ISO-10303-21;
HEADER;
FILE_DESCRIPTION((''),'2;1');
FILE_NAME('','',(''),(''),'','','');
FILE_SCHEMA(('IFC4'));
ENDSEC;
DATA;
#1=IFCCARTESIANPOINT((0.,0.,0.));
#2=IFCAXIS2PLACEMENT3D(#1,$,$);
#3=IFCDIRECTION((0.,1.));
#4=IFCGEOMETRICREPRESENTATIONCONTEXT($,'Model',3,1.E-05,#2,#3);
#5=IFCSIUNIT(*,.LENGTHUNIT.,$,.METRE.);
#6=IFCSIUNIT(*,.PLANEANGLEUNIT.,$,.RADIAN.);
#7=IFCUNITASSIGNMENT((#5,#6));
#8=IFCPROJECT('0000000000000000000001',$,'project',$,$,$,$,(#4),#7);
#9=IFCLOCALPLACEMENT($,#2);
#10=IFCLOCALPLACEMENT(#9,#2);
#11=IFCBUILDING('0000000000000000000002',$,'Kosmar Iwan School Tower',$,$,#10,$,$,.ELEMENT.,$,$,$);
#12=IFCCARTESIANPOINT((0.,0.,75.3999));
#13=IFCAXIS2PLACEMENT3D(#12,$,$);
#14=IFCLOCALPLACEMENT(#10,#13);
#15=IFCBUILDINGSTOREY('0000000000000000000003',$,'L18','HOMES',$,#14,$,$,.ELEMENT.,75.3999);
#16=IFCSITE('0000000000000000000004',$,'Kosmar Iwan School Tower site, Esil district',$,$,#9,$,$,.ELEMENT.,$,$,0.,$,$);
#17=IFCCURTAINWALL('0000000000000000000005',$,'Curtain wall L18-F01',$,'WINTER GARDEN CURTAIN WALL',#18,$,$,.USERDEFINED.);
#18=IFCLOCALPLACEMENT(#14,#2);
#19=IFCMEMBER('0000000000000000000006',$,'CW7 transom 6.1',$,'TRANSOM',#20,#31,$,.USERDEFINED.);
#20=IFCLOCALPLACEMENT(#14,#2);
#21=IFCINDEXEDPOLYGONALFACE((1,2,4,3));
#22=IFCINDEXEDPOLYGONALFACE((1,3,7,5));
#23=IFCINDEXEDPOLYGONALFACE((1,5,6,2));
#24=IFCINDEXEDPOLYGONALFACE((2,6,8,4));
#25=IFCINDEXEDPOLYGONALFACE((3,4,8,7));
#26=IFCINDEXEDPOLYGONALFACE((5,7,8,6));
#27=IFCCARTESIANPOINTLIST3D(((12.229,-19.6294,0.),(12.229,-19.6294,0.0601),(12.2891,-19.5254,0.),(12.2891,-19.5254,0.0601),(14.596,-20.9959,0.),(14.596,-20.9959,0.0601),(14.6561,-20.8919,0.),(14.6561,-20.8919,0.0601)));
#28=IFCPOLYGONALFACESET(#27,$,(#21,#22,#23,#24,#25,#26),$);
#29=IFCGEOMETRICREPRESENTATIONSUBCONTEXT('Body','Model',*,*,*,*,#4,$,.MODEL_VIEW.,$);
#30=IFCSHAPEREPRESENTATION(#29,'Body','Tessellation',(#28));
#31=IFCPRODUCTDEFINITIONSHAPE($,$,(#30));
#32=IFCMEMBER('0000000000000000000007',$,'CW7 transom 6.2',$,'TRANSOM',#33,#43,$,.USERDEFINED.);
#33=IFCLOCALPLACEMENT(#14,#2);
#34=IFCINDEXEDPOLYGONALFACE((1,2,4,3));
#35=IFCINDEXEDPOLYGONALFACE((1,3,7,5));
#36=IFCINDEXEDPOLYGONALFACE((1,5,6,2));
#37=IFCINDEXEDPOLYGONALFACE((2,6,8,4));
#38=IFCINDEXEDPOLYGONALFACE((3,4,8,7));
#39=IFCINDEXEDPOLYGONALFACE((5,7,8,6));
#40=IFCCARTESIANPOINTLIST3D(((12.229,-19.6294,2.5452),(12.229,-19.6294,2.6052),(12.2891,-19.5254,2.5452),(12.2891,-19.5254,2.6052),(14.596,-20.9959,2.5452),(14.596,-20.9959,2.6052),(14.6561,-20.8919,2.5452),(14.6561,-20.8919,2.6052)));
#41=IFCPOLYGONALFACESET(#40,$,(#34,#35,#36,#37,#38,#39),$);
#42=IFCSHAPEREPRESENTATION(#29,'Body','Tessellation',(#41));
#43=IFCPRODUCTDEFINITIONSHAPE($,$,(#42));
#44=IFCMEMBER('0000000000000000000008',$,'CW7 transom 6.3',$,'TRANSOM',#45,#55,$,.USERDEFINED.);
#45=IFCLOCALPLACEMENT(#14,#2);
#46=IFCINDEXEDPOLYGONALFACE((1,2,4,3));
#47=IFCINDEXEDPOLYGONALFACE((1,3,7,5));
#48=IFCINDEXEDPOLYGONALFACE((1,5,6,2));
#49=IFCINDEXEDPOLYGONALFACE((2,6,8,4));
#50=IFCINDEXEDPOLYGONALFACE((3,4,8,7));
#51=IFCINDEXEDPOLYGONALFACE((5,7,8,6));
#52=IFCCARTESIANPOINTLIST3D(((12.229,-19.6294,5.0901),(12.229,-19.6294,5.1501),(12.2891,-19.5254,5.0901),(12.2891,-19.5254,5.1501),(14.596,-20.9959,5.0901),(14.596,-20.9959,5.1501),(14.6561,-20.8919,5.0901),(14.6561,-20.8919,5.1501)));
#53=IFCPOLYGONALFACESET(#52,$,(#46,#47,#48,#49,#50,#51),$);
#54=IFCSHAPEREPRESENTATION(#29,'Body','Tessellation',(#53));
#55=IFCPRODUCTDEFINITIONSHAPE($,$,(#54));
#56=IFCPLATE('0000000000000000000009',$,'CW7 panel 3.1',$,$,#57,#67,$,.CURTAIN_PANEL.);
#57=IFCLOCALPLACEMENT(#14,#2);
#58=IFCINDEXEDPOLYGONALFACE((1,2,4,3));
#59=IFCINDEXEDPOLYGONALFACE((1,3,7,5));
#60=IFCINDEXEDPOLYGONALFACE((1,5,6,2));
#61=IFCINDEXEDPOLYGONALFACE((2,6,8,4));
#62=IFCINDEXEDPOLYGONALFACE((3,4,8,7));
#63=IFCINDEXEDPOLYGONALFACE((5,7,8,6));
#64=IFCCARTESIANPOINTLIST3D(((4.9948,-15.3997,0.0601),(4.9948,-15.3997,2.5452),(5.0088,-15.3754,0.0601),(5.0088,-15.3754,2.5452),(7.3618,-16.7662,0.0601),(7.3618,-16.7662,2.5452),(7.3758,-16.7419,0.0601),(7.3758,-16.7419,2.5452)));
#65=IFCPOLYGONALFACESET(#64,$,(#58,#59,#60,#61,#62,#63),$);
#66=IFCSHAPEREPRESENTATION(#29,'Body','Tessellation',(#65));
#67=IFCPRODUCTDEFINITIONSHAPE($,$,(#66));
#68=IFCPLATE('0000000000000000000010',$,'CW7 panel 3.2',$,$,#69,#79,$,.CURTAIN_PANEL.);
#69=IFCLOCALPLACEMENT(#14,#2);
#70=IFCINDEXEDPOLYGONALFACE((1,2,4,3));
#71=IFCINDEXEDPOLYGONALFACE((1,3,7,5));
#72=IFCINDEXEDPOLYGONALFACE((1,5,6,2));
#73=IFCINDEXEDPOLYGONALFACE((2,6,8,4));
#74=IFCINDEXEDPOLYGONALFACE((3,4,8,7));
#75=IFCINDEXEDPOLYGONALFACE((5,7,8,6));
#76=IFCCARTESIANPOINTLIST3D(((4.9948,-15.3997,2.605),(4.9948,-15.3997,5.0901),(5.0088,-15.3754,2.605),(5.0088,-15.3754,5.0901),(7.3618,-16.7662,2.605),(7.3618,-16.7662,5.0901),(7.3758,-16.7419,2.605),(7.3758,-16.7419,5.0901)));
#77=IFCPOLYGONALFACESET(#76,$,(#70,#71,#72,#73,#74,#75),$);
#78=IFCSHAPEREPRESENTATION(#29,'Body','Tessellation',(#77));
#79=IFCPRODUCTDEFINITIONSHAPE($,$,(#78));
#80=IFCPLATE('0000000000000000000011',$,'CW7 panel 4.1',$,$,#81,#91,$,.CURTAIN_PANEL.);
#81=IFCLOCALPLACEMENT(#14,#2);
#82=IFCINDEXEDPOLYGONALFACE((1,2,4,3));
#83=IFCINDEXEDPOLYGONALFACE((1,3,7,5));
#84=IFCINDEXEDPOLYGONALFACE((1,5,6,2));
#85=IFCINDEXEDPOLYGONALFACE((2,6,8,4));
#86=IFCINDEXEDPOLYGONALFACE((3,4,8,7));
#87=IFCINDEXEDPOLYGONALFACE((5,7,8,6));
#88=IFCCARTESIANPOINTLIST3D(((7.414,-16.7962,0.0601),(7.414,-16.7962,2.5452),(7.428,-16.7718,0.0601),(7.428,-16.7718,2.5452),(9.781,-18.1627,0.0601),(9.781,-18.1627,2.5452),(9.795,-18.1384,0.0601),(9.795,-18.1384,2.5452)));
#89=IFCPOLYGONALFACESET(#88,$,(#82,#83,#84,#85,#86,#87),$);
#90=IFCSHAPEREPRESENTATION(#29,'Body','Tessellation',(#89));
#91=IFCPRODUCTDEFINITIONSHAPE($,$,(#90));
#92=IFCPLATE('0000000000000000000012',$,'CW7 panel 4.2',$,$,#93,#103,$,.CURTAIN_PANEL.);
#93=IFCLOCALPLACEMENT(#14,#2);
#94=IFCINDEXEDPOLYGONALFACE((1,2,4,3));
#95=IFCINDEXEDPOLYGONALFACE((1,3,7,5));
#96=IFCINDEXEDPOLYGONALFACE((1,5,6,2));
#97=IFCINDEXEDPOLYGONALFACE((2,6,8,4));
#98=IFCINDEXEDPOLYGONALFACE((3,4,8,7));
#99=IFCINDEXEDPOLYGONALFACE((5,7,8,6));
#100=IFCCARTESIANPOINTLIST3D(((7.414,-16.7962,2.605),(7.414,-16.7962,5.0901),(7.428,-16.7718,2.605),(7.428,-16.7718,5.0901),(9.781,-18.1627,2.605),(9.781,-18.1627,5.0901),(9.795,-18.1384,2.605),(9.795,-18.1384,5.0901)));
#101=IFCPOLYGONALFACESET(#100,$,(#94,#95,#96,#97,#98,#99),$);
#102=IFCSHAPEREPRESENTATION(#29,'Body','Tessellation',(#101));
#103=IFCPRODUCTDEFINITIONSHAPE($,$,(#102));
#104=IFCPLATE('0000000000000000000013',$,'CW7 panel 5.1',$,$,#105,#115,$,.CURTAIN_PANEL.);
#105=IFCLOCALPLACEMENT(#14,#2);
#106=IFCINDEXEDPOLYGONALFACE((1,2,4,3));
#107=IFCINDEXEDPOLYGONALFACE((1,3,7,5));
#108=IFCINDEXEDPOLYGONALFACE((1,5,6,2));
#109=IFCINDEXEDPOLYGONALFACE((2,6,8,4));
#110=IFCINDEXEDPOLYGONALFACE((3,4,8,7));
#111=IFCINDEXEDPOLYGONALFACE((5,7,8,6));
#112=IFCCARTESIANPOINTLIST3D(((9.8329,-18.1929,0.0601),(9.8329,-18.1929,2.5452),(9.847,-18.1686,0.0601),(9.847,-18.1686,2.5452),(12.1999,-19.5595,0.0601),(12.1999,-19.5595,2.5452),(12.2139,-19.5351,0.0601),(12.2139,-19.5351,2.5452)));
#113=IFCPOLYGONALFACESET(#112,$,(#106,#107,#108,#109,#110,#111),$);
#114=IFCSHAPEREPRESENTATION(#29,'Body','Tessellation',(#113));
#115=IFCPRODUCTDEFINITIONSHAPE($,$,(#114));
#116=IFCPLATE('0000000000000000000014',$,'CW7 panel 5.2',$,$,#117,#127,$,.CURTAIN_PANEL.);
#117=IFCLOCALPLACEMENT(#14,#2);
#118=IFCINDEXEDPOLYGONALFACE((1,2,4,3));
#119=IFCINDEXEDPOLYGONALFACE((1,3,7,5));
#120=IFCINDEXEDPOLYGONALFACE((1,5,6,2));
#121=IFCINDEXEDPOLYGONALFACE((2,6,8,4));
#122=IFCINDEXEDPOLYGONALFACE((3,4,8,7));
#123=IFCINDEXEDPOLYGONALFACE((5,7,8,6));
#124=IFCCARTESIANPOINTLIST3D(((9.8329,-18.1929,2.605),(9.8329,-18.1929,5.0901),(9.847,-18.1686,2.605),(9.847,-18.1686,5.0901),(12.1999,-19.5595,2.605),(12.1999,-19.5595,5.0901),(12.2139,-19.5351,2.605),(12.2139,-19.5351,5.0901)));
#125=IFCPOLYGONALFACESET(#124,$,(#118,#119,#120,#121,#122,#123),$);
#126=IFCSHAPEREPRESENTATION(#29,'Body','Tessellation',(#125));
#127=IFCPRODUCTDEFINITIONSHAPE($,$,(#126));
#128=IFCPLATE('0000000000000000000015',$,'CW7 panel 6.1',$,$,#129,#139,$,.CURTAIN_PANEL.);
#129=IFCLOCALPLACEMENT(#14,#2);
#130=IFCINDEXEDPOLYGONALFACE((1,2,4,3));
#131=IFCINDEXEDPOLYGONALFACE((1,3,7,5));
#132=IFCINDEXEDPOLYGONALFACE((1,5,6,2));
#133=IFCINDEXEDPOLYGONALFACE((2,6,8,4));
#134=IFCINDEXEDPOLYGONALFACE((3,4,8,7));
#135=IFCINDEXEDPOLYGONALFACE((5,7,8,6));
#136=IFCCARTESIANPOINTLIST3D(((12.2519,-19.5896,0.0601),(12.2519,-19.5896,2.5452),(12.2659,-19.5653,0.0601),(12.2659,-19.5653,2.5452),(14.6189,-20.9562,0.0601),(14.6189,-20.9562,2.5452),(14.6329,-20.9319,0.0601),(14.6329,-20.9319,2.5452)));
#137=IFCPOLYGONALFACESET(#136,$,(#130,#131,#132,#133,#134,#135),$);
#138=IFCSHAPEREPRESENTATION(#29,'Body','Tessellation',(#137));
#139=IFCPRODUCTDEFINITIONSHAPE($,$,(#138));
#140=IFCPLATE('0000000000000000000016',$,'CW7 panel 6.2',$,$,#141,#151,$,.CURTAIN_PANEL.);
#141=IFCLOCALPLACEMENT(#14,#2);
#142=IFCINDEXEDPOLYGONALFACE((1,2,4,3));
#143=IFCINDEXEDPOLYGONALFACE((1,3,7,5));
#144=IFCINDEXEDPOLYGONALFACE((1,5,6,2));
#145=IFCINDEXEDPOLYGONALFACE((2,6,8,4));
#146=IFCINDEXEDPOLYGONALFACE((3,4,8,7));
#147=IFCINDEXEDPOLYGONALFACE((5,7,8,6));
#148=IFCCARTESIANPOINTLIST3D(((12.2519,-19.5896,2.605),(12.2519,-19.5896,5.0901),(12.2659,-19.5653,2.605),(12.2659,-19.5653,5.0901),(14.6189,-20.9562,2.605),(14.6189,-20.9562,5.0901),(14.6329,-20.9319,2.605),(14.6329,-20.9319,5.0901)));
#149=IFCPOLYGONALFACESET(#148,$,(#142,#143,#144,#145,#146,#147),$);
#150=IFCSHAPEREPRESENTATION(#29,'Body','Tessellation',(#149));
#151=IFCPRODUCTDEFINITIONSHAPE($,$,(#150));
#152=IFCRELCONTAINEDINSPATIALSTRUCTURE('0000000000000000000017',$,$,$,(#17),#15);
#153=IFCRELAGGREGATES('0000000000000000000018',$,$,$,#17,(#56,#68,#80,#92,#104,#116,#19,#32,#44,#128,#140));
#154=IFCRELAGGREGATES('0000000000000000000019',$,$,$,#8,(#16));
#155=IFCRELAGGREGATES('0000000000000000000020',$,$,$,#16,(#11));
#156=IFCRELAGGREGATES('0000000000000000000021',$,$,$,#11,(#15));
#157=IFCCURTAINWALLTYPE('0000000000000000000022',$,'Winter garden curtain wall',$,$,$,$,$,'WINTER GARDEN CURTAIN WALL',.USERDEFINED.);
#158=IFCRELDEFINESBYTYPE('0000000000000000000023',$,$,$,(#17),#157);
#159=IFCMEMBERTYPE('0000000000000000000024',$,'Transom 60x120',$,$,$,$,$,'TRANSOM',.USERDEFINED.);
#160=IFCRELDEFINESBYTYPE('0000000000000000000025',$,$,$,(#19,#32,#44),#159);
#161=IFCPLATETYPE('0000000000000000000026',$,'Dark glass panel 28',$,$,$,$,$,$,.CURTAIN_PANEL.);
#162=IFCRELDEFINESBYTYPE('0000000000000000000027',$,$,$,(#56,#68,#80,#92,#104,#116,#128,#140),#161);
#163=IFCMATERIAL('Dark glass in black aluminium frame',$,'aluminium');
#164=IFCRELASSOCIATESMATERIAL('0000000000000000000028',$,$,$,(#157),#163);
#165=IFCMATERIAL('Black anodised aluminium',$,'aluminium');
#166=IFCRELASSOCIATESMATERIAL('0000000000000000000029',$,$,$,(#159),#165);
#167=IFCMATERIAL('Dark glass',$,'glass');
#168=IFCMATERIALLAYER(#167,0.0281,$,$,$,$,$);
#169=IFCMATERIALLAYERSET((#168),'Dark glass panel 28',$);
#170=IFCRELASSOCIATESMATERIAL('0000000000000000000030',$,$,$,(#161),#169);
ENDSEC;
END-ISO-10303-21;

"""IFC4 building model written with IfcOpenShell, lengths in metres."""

from ifc_helpers import new_model, si_unit, direction, frame, origin, origin_2d, place, context, subcontext, project, spatial, rectangle, extrude, material, layer, layer_set, material_profile, profile_set, type_object, element, aggregate, save


model = new_model("IFC4")

# Units and contexts
model_context = context("Model", 3, precision=1e-05, world=origin(), true_north=direction((0.0, 1.0)))
body_context = subcontext(model_context, "Body", "Model", "MODEL_VIEW")
ifc_project = project(units=[si_unit("LENGTHUNIT", "METRE"), si_unit("PLANEANGLEUNIT", "RADIAN")], contexts=[model_context])

# Site, building, storey
site_placement = place(None, origin())
site = spatial("IfcSite", under=ifc_project, at=site_placement, Name="Kosmar Iwan School Tower site, Esil district", CompositionType="ELEMENT", RefElevation=0.0)
building_placement = place(site_placement, origin())
building = spatial("IfcBuilding", under=site, at=building_placement, Name="Kosmar Iwan School Tower", CompositionType="ELEMENT")
storey_placement = place(building_placement, frame((0.0, 0.0, 75.3999)))
storey = spatial("IfcBuildingStorey", under=building, at=storey_placement, Name="L18", Description="HOMES", CompositionType="ELEMENT", Elevation=75.3999)

# Curtain wall
ifc_material_1 = material(Name="Dark glass in black aluminium frame", Category="aluminium")
curtain_wall_type = type_object("IfcCurtainWallType", Name="Winter garden curtain wall", ElementType="WINTER GARDEN CURTAIN WALL", PredefinedType="USERDEFINED", material=ifc_material_1)
curtain_wall_placement = place(storey_placement, origin())
curtain_wall = element("IfcCurtainWall", 1, at=curtain_wall_placement, inside=storey, type_object=curtain_wall_type, Name="Curtain wall L18-F01", ObjectType="WINTER GARDEN CURTAIN WALL", PredefinedType="USERDEFINED")

# Members
ifc_material_2 = material(Name="Black anodised aluminium", Category="aluminium")
ifc_material_profile_1 = material_profile(ifc_material_2, rectangle(XDim=0.1201, YDim=0.0601, at=origin_2d()), Name="TRANSOM 60x120")
ifc_profile_set_1 = profile_set([ifc_material_profile_1], Name="Black anodised aluminium")
member_type_1 = type_object("IfcMemberType", Name="Transom 60x120", ElementType="TRANSOM", PredefinedType="USERDEFINED", material=ifc_profile_set_1)
member_1_placement = place(storey_placement, frame((12.259, -19.5774, 0.03), z_axis=(0.866041, -0.499972, 0.0), x_axis=(0.499972, 0.866041, 0.0)))
member_1 = element("IfcMember", 2, at=member_1_placement, type_object=member_type_1, Name="CW7 transom 6.1", ObjectType="TRANSOM", PredefinedType="USERDEFINED", context=body_context, shape_type="SweptSolid", body=[
    extrude(rectangle(XDim=0.1201, YDim=0.0601, at=origin_2d()), origin(), (0.0, 0.0, 1.0), 2.7332),
])
member_2_placement = place(storey_placement, frame((12.259, -19.5774, 2.5752), z_axis=(0.866041, -0.499972, 0.0), x_axis=(0.499972, 0.866041, 0.0)))
member_2 = element("IfcMember", 3, at=member_2_placement, type_object=member_type_1, Name="CW7 transom 6.2", ObjectType="TRANSOM", PredefinedType="USERDEFINED", context=body_context, shape_type="SweptSolid", body=[
    extrude(rectangle(XDim=0.1201, YDim=0.0601, at=origin_2d()), origin(), (0.0, 0.0, 1.0), 2.7332),
])
member_3_placement = place(storey_placement, frame((12.259, -19.5774, 5.1201), z_axis=(0.866041, -0.499972, 0.0), x_axis=(0.499972, 0.866041, 0.0)))
member_3 = element("IfcMember", 4, at=member_3_placement, type_object=member_type_1, Name="CW7 transom 6.3", ObjectType="TRANSOM", PredefinedType="USERDEFINED", context=body_context, shape_type="SweptSolid", body=[
    extrude(rectangle(XDim=0.1201, YDim=0.0601, at=origin_2d()), origin(), (0.0, 0.0, 1.0), 2.7332),
])

# Plates
ifc_material_3 = material(Name="Dark glass", Category="glass")
ifc_layer = layer(ifc_material_3, 0.0281)
ifc_layer_set = layer_set([ifc_layer], Name="Dark glass panel 28")
plate_type = type_object("IfcPlateType", Name="Dark glass panel 28", PredefinedType="CURTAIN_PANEL", material=ifc_layer_set)
plate_1_placement = place(storey_placement, frame((6.1853, -16.0708, 0.0601), z_axis=(0.0, 0.0, 1.0), x_axis=(0.866025, -0.5, 0.0)))
plate_1 = element("IfcPlate", 5, at=plate_1_placement, type_object=plate_type, Name="CW7 panel 3.1", PredefinedType="CURTAIN_PANEL", context=body_context, shape_type="SweptSolid", body=[
    extrude(rectangle(XDim=2.7332, YDim=0.0281, at=origin_2d()), origin(), (0.0, 0.0, 1.0), 2.4851),
])
plate_2_placement = place(storey_placement, frame((6.1853, -16.0708, 2.605), z_axis=(0.0, 0.0, 1.0), x_axis=(0.866025, -0.5, 0.0)))
plate_2 = element("IfcPlate", 6, at=plate_2_placement, type_object=plate_type, Name="CW7 panel 3.2", PredefinedType="CURTAIN_PANEL", context=body_context, shape_type="SweptSolid", body=[
    extrude(rectangle(XDim=2.7332, YDim=0.0281, at=origin_2d()), origin(), (0.0, 0.0, 1.0), 2.4851),
])
plate_3_placement = place(storey_placement, frame((8.6045, -17.4673, 0.0601), z_axis=(0.0, 0.0, 1.0), x_axis=(0.866025, -0.5, 0.0)))
plate_3 = element("IfcPlate", 7, at=plate_3_placement, type_object=plate_type, Name="CW7 panel 4.1", PredefinedType="CURTAIN_PANEL", context=body_context, shape_type="SweptSolid", body=[
    extrude(rectangle(XDim=2.7332, YDim=0.0281, at=origin_2d()), origin(), (0.0, 0.0, 1.0), 2.4851),
])
plate_4_placement = place(storey_placement, frame((8.6045, -17.4673, 2.605), z_axis=(0.0, 0.0, 1.0), x_axis=(0.866025, -0.5, 0.0)))
plate_4 = element("IfcPlate", 8, at=plate_4_placement, type_object=plate_type, Name="CW7 panel 4.2", PredefinedType="CURTAIN_PANEL", context=body_context, shape_type="SweptSolid", body=[
    extrude(rectangle(XDim=2.7332, YDim=0.0281, at=origin_2d()), origin(), (0.0, 0.0, 1.0), 2.4851),
])
plate_5_placement = place(storey_placement, frame((11.0234, -18.864, 0.0601), z_axis=(0.0, 0.0, 1.0), x_axis=(0.866025, -0.5, 0.0)))
plate_5 = element("IfcPlate", 9, at=plate_5_placement, type_object=plate_type, Name="CW7 panel 5.1", PredefinedType="CURTAIN_PANEL", context=body_context, shape_type="SweptSolid", body=[
    extrude(rectangle(XDim=2.7332, YDim=0.0281, at=origin_2d()), origin(), (0.0, 0.0, 1.0), 2.4851),
])
plate_6_placement = place(storey_placement, frame((11.0234, -18.864, 2.605), z_axis=(0.0, 0.0, 1.0), x_axis=(0.866025, -0.5, 0.0)))
plate_6 = element("IfcPlate", 10, at=plate_6_placement, type_object=plate_type, Name="CW7 panel 5.2", PredefinedType="CURTAIN_PANEL", context=body_context, shape_type="SweptSolid", body=[
    extrude(rectangle(XDim=2.7332, YDim=0.0281, at=origin_2d()), origin(), (0.0, 0.0, 1.0), 2.4851),
])
plate_7_placement = place(storey_placement, frame((13.4424, -20.2607, 0.0601), z_axis=(0.0, 0.0, 1.0), x_axis=(0.866025, -0.5, 0.0)))
plate_7 = element("IfcPlate", 11, at=plate_7_placement, type_object=plate_type, Name="CW7 panel 6.1", PredefinedType="CURTAIN_PANEL", context=body_context, shape_type="SweptSolid", body=[
    extrude(rectangle(XDim=2.7332, YDim=0.0281, at=origin_2d()), origin(), (0.0, 0.0, 1.0), 2.4851),
])
plate_8_placement = place(storey_placement, frame((13.4424, -20.2607, 2.605), z_axis=(0.0, 0.0, 1.0), x_axis=(0.866025, -0.5, 0.0)))
plate_8 = element("IfcPlate", 12, at=plate_8_placement, type_object=plate_type, Name="CW7 panel 6.2", PredefinedType="CURTAIN_PANEL", context=body_context, shape_type="SweptSolid", body=[
    extrude(rectangle(XDim=2.7332, YDim=0.0281, at=origin_2d()), origin(), (0.0, 0.0, 1.0), 2.4851),
])
aggregate(curtain_wall, [plate_1, plate_2, plate_3, plate_4, plate_5, plate_6, member_1, member_2, member_3, plate_7, plate_8])

save(model, "model.ifc")
